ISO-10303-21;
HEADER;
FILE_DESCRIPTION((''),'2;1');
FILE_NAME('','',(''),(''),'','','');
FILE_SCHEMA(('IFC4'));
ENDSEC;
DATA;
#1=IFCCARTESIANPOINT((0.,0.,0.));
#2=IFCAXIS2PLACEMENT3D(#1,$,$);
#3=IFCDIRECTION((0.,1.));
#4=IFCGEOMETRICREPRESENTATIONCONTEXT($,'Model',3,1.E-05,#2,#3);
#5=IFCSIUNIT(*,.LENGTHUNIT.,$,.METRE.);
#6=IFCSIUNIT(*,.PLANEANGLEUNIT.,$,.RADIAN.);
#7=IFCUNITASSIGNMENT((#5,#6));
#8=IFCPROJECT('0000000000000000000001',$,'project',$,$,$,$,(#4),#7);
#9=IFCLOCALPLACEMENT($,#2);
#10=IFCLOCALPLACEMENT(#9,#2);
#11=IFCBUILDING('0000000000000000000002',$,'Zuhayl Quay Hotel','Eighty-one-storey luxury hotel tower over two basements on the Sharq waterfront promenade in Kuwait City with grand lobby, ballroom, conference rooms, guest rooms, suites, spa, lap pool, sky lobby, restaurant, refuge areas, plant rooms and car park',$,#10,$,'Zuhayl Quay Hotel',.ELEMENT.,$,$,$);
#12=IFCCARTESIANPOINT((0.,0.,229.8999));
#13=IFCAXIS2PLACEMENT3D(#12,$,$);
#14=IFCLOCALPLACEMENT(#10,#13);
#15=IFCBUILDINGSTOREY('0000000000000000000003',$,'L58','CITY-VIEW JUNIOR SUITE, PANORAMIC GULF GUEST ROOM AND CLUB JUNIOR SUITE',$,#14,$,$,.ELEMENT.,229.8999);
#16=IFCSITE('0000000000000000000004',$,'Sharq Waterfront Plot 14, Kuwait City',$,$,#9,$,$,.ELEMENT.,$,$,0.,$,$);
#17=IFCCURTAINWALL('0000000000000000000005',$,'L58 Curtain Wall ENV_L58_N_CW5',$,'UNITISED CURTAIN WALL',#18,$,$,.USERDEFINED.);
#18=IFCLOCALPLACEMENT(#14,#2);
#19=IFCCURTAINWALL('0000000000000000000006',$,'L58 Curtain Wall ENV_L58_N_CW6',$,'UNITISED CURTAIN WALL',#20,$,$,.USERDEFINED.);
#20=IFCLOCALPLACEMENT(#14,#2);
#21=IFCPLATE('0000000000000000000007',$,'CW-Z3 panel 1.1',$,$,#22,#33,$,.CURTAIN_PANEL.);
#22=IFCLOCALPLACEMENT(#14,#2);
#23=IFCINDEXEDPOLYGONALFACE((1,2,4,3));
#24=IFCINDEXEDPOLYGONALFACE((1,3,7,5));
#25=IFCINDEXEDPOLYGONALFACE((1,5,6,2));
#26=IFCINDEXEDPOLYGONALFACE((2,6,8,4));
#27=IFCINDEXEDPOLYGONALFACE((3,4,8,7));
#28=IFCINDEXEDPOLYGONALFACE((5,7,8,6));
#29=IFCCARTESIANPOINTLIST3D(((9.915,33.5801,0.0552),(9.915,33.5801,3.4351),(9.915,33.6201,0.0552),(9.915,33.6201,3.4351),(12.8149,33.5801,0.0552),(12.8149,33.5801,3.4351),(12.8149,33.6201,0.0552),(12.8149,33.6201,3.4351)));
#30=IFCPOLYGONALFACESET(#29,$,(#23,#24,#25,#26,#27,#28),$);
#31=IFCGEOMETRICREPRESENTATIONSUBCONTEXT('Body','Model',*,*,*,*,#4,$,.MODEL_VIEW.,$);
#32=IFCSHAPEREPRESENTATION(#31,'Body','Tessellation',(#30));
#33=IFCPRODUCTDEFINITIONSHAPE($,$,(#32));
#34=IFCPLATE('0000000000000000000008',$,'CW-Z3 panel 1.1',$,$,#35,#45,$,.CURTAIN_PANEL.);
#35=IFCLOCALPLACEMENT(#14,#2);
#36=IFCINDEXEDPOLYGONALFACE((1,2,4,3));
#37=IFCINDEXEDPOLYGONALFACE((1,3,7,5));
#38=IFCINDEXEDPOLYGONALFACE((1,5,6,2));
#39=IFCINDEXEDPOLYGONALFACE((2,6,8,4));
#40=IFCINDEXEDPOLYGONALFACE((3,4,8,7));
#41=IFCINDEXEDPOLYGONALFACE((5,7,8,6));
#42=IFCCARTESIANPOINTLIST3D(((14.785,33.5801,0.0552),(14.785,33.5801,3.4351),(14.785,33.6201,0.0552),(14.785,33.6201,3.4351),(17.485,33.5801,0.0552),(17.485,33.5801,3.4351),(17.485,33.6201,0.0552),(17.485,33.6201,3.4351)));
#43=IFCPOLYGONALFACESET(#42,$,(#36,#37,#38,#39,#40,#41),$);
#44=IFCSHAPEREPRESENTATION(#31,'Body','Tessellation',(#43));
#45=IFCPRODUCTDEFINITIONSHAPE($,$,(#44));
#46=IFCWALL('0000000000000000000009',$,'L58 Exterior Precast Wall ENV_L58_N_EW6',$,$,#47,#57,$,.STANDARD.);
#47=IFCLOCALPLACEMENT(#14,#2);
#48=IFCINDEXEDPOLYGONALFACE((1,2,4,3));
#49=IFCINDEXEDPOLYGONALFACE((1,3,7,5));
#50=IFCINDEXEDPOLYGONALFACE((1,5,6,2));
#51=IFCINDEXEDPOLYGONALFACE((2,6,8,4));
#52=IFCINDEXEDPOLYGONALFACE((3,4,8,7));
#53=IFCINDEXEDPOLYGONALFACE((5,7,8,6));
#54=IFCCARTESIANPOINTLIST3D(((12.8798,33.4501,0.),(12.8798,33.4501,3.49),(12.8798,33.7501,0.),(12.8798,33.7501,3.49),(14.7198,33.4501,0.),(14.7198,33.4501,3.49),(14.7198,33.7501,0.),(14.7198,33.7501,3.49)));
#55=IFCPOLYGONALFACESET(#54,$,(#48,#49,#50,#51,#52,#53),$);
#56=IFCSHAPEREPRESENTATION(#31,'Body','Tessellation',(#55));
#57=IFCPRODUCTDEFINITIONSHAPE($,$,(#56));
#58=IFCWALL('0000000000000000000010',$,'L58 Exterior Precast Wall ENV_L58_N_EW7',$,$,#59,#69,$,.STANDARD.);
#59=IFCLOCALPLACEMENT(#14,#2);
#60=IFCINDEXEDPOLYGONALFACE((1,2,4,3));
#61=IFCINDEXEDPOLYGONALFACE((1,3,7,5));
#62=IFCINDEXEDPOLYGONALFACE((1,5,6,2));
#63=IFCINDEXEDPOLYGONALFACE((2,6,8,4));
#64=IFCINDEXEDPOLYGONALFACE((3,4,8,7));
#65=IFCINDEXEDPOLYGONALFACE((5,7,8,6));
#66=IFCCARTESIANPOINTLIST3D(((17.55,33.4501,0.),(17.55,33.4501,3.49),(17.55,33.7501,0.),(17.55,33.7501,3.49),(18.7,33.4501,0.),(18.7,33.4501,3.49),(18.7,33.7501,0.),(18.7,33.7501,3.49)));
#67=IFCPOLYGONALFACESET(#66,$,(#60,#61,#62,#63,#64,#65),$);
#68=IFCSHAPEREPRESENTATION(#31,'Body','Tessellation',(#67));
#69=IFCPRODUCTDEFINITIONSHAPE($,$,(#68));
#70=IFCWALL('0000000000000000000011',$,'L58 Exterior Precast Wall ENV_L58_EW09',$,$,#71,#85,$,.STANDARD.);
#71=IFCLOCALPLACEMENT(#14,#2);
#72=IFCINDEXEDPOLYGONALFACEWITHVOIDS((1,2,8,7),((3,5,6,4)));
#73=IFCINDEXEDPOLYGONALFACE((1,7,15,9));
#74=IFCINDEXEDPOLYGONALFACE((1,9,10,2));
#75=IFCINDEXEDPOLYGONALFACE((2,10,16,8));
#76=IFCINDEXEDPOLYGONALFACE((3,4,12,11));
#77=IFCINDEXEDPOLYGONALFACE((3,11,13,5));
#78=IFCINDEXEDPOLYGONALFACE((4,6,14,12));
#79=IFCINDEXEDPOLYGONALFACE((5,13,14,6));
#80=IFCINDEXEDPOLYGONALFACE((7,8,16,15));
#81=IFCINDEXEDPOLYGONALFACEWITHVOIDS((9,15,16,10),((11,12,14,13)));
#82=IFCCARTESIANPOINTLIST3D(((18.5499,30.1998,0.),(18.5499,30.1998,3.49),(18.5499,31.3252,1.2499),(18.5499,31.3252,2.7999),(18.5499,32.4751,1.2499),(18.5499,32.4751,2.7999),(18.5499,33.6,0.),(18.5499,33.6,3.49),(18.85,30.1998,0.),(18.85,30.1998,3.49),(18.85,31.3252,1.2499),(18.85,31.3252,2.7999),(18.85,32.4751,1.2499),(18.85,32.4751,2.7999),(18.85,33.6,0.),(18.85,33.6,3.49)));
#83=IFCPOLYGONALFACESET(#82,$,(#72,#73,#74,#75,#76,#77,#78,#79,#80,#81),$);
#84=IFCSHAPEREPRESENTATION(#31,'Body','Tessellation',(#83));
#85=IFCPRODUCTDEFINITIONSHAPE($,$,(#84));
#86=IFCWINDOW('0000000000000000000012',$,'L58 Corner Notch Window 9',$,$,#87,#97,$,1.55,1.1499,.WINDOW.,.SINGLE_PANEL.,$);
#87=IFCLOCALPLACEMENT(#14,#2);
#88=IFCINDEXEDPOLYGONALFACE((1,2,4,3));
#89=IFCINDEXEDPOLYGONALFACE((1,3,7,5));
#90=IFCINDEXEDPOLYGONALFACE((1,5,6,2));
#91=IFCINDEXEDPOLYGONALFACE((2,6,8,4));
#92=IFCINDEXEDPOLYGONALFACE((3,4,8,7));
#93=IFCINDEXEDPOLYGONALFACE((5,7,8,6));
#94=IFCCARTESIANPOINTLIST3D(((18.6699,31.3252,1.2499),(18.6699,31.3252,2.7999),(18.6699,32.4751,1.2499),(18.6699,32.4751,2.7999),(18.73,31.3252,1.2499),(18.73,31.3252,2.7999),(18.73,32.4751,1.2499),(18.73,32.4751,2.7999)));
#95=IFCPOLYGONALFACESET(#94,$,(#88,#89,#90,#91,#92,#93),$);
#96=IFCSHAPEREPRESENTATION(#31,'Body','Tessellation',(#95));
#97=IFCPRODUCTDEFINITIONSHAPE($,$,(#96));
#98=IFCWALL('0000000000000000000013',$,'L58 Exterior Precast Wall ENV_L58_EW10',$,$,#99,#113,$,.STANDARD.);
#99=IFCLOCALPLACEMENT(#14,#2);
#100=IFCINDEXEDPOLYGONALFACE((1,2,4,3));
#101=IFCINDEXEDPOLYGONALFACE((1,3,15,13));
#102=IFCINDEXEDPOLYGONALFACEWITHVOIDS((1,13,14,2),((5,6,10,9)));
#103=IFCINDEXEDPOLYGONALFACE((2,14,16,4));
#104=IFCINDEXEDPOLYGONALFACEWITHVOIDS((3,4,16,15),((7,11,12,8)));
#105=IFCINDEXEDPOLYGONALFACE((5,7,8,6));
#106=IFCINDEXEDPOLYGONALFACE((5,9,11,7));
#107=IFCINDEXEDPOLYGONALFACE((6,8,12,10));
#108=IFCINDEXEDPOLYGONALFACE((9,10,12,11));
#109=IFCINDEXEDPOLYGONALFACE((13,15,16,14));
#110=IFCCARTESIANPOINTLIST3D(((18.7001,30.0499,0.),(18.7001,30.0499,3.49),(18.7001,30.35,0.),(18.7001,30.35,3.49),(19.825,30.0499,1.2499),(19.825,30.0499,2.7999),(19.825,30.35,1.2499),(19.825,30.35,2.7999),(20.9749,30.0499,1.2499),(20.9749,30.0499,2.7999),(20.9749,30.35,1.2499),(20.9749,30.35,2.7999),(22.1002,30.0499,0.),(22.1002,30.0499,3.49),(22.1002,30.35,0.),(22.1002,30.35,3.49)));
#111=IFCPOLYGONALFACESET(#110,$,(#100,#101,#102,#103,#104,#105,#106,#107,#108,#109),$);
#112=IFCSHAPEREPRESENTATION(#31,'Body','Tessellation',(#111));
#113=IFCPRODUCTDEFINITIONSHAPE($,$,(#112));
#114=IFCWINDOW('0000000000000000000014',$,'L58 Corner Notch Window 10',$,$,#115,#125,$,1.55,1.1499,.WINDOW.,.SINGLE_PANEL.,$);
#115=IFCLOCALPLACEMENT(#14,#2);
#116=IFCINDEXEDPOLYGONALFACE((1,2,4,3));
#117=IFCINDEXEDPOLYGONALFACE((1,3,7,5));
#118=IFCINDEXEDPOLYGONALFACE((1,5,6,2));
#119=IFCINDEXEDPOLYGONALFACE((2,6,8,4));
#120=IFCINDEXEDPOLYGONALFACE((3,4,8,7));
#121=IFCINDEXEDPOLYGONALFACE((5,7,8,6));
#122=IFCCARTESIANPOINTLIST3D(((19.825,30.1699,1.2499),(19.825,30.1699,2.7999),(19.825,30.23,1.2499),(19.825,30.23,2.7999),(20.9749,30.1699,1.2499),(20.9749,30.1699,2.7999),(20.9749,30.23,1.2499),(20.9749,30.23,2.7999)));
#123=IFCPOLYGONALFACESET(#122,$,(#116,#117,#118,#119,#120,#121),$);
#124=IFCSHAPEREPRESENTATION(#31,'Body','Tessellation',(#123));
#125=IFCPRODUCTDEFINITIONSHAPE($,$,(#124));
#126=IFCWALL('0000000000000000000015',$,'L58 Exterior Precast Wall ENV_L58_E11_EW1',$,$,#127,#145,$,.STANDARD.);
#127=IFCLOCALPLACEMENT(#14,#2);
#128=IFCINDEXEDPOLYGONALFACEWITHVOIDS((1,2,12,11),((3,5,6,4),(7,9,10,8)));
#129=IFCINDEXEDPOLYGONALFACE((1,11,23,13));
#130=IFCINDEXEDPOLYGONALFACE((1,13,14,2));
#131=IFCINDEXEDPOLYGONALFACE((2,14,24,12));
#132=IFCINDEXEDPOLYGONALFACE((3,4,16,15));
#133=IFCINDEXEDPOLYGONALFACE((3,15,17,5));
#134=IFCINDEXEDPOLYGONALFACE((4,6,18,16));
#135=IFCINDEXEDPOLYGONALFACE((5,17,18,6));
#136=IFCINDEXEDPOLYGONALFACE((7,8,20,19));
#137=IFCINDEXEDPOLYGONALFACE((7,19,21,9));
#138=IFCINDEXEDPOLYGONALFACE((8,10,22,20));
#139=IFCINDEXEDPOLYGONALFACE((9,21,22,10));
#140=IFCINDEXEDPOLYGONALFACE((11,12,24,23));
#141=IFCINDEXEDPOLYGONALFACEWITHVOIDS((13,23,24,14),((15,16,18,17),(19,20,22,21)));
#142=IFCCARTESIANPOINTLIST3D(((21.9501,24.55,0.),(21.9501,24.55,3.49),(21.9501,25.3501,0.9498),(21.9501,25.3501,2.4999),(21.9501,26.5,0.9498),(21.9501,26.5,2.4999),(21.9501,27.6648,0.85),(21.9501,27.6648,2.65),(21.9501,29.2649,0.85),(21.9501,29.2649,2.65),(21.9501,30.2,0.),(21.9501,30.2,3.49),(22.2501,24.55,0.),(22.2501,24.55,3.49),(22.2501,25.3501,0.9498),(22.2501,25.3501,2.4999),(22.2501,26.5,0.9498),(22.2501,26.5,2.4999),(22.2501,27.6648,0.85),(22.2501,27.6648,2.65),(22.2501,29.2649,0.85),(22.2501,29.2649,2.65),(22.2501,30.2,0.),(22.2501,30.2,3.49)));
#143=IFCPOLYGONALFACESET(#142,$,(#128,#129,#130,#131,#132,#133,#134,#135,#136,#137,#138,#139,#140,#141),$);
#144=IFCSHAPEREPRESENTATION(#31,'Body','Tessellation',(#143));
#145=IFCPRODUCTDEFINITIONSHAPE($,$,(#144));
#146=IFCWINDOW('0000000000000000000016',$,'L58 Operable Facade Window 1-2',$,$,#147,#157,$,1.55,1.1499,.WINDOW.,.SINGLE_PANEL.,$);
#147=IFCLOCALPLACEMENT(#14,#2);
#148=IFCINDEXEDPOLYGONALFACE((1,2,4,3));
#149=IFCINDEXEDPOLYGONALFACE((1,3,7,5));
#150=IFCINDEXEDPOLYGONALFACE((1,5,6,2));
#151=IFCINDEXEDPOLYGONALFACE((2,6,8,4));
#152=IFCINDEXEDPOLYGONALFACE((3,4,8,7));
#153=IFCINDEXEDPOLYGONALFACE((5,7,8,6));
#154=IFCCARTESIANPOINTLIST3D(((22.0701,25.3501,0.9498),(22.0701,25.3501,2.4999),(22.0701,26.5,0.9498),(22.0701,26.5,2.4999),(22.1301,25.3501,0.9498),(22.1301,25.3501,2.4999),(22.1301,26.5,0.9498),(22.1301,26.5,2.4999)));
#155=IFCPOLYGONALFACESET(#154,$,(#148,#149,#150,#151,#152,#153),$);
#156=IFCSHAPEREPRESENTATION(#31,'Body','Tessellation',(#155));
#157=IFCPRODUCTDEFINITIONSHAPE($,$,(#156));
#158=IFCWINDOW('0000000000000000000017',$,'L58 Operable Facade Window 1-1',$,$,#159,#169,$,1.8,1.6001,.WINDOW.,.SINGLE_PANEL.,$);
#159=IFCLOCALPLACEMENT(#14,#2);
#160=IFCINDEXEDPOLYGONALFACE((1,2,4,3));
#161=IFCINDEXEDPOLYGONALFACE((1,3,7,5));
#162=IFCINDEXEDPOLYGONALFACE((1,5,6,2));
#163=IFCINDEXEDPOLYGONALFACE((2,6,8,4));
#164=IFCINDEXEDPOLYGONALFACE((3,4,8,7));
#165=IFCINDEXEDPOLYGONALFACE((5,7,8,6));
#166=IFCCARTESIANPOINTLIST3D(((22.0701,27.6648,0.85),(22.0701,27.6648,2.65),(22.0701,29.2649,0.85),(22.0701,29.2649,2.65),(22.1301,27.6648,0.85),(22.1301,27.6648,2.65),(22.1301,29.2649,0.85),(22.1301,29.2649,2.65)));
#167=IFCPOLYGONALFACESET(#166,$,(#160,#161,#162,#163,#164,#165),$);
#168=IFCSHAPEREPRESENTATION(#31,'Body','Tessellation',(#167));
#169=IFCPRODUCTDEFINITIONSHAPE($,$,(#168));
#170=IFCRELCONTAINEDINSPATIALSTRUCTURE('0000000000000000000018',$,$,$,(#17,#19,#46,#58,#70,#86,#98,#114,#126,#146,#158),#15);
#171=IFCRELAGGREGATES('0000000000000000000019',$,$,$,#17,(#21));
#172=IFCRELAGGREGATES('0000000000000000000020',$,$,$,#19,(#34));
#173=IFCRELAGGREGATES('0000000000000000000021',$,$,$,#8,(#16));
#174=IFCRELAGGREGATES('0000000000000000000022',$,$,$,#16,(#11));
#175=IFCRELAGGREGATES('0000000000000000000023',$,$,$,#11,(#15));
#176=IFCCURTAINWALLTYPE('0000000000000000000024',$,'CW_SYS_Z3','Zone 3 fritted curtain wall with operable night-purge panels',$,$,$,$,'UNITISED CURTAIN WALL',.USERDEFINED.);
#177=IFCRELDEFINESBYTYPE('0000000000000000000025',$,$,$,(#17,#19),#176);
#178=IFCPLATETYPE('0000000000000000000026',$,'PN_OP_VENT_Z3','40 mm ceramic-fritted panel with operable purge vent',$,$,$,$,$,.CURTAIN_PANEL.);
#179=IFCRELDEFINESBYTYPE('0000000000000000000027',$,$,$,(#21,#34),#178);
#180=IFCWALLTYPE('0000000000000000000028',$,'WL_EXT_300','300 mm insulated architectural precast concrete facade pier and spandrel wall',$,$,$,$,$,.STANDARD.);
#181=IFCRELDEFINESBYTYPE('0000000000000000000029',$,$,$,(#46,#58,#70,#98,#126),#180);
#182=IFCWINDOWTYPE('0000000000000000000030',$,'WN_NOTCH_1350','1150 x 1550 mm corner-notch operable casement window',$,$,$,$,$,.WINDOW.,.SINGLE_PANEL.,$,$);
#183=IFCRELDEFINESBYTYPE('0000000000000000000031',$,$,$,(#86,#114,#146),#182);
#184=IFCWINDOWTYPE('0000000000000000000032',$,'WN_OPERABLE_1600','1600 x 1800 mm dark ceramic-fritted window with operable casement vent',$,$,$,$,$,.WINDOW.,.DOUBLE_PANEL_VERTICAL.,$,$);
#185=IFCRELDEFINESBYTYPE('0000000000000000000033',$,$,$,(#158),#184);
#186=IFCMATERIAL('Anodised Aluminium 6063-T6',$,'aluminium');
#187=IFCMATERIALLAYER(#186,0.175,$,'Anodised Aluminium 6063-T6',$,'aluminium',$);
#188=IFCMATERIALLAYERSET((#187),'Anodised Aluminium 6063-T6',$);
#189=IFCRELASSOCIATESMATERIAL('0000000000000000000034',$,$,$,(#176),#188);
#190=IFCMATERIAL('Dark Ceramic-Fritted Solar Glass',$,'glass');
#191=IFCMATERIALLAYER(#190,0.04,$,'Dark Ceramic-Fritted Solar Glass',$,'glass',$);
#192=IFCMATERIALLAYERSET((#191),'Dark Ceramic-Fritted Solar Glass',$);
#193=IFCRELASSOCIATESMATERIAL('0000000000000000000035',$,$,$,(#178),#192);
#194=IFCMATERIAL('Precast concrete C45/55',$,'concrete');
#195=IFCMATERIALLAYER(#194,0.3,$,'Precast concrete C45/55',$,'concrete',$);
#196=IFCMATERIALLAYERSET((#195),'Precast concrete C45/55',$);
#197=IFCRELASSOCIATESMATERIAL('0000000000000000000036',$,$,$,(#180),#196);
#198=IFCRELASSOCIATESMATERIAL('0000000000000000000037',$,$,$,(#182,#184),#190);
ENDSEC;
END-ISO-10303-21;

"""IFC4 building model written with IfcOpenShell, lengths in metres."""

from ifc_helpers import new_model, si_unit, direction, frame, frame_2d, origin, origin_2d, place, context, subcontext, project, spatial, rectangle, extrude, material, layer, layer_set, type_object, element, fill, aggregate, save


model = new_model("IFC4")

# Units and contexts
model_context = context("Model", 3, precision=1e-05, world=origin(), true_north=direction((0.0, 1.0)))
body_context = subcontext(model_context, "Body", "Model", "MODEL_VIEW")
ifc_project = project(units=[si_unit("LENGTHUNIT", "METRE"), si_unit("PLANEANGLEUNIT", "RADIAN")], contexts=[model_context])

# Site, building, storey
site_placement = place(None, origin())
site = spatial("IfcSite", under=ifc_project, at=site_placement, Name="Sharq Waterfront Plot 14, Kuwait City", CompositionType="ELEMENT", RefElevation=0.0)
building_placement = place(site_placement, origin())
building = spatial("IfcBuilding", under=site, at=building_placement, Name="Zuhayl Quay Hotel", Description="Eighty-one-storey luxury hotel tower over two basements on the Sharq waterfront promenade in Kuwait City with grand lobby, ballroom, conference rooms, guest rooms, suites, spa, lap pool, sky lobby, restaurant, refuge areas, plant rooms and car park", LongName="Zuhayl Quay Hotel", CompositionType="ELEMENT")
storey_placement = place(building_placement, frame((0.0, 0.0, 229.8999)))
storey = spatial("IfcBuildingStorey", under=building, at=storey_placement, Name="L58", Description="CITY-VIEW JUNIOR SUITE, PANORAMIC GULF GUEST ROOM AND CLUB JUNIOR SUITE", CompositionType="ELEMENT", Elevation=229.8999)

# Curtain walls
ifc_material_1 = material(Name="Anodised Aluminium 6063-T6", Category="aluminium")
ifc_layer_1 = layer(ifc_material_1, 0.175, Name="Anodised Aluminium 6063-T6", Category="aluminium")
ifc_layer_set_1 = layer_set([ifc_layer_1], Name="Anodised Aluminium 6063-T6")
curtain_wall_type = type_object("IfcCurtainWallType", Name="CW_SYS_Z3", Description="Zone 3 fritted curtain wall with operable night-purge panels", ElementType="UNITISED CURTAIN WALL", PredefinedType="USERDEFINED", material=ifc_layer_set_1)
curtain_wall_1_placement = place(storey_placement, origin())
curtain_wall_1 = element("IfcCurtainWall", 1, at=curtain_wall_1_placement, inside=storey, type_object=curtain_wall_type, Name="L58 Curtain Wall ENV_L58_N_CW5", ObjectType="UNITISED CURTAIN WALL", PredefinedType="USERDEFINED")
curtain_wall_2_placement = place(storey_placement, origin())
curtain_wall_2 = element("IfcCurtainWall", 2, at=curtain_wall_2_placement, inside=storey, type_object=curtain_wall_type, Name="L58 Curtain Wall ENV_L58_N_CW6", ObjectType="UNITISED CURTAIN WALL", PredefinedType="USERDEFINED")

# Plates
ifc_material_2 = material(Name="Dark Ceramic-Fritted Solar Glass", Category="glass")
ifc_layer_2 = layer(ifc_material_2, 0.04, Name="Dark Ceramic-Fritted Solar Glass", Category="glass")
ifc_layer_set_2 = layer_set([ifc_layer_2], Name="Dark Ceramic-Fritted Solar Glass")
plate_type = type_object("IfcPlateType", Name="PN_OP_VENT_Z3", Description="40 mm ceramic-fritted panel with operable purge vent", PredefinedType="CURTAIN_PANEL", material=ifc_layer_set_2)
plate_1_placement = place(storey_placement, frame((11.365, 33.6001, 0.0552), z_axis=(0.0, 0.0, 1.0), x_axis=(1.0, 0.0, 0.0)))
plate_1 = element("IfcPlate", 3, at=plate_1_placement, type_object=plate_type, Name="CW-Z3 panel 1.1", PredefinedType="CURTAIN_PANEL", context=body_context, shape_type="SweptSolid", body=[
    extrude(rectangle(XDim=2.8999, YDim=0.04, at=origin_2d()), origin(), (0.0, 0.0, 1.0), 3.3799),
])
aggregate(curtain_wall_1, [plate_1])
plate_2_placement = place(storey_placement, frame((16.135, 33.6001, 0.0552), z_axis=(0.0, 0.0, 1.0), x_axis=(1.0, 0.0, 0.0)))
plate_2 = element("IfcPlate", 4, at=plate_2_placement, type_object=plate_type, Name="CW-Z3 panel 1.1", PredefinedType="CURTAIN_PANEL", context=body_context, shape_type="SweptSolid", body=[
    extrude(rectangle(XDim=2.7, YDim=0.04, at=origin_2d()), origin(), (0.0, 0.0, 1.0), 3.3799),
])
aggregate(curtain_wall_2, [plate_2])

# Walls
ifc_material_3 = material(Name="Precast concrete C45/55", Category="concrete")
ifc_layer_3 = layer(ifc_material_3, 0.3, Name="Precast concrete C45/55", Category="concrete")
ifc_layer_set_3 = layer_set([ifc_layer_3], Name="Precast concrete C45/55")
wall_type_1 = type_object("IfcWallType", Name="WL_EXT_300", Description="300 mm insulated architectural precast concrete facade pier and spandrel wall", PredefinedType="STANDARD", material=ifc_layer_set_3)
wall_1_placement = place(storey_placement, frame((12.8799, 33.6001, 0.0), z_axis=(0.0, 0.0, 1.0), x_axis=(1.0, 0.0, 0.0)))
element("IfcWall", 5, at=wall_1_placement, inside=storey, type_object=wall_type_1, Name="L58 Exterior Precast Wall ENV_L58_N_EW6", PredefinedType="STANDARD", context=body_context, shape_type="SweptSolid", body=[
    extrude(rectangle(XDim=1.8401, YDim=0.3, at=frame_2d((0.9199, 0.0))), origin(), (0.0, 0.0, 1.0), 3.49),
])
wall_2_placement = place(storey_placement, frame((17.55, 33.6001, 0.0), z_axis=(0.0, 0.0, 1.0), x_axis=(1.0, 0.0, 0.0)))
element("IfcWall", 6, at=wall_2_placement, inside=storey, type_object=wall_type_1, Name="L58 Exterior Precast Wall ENV_L58_N_EW7", PredefinedType="STANDARD", context=body_context, shape_type="SweptSolid", body=[
    extrude(rectangle(XDim=1.1499, YDim=0.3, at=frame_2d((0.575, 0.0))), origin(), (0.0, 0.0, 1.0), 3.49),
])

# Walls, openings, windows
wall_3_placement = place(storey_placement, frame((18.7, 33.6001, 0.0), z_axis=(0.0, 0.0, 1.0), x_axis=(0.0, -1.0, 0.0)))
wall_3 = element("IfcWall", 7, at=wall_3_placement, inside=storey, type_object=wall_type_1, Name="L58 Exterior Precast Wall ENV_L58_EW09", PredefinedType="STANDARD", context=body_context, shape_type="SweptSolid", body=[
    extrude(rectangle(XDim=3.4001, YDim=0.3, at=frame_2d((1.7002, 0.0))), origin(), (0.0, 0.0, 1.0), 3.49),
])
opening_1_placement = place(wall_3_placement, frame((1.125, 0.0, 1.25)))
opening_1 = element("IfcOpeningElement", 8, at=opening_1_placement, cuts=wall_3, PredefinedType="OPENING", context=body_context, shape_type="SweptSolid", body=[
    extrude(rectangle(XDim=1.1499, YDim=1.55, at=frame_2d((0.575, 0.7749))), frame((0.0, 0.1599, 0.0), z_axis=(0.0, -1.0, 0.0), x_axis=(1.0, 0.0, 0.0)), (0.0, 0.0, 1.0), 0.3201),
])
window_type_1 = type_object("IfcWindowType", Name="WN_NOTCH_1350", Description="1150 x 1550 mm corner-notch operable casement window", PartitioningType="SINGLE_PANEL", PredefinedType="WINDOW", material=ifc_material_2)
window_1_placement = place(opening_1_placement, origin())
window_1 = element("IfcWindow", 9, at=window_1_placement, inside=storey, type_object=window_type_1, Name="L58 Corner Notch Window 9", OverallHeight=1.55, OverallWidth=1.1499, PartitioningType="SINGLE_PANEL", PredefinedType="WINDOW", context=body_context, shape_type="SweptSolid", body=[
    extrude(rectangle(XDim=1.1499, YDim=1.55, at=frame_2d((0.575, 0.7749))), frame((0.0, 0.03, 0.0), z_axis=(0.0, -1.0, 0.0), x_axis=(1.0, 0.0, 0.0)), (0.0, 0.0, 1.0), 0.0601),
])
fill(opening_1, window_1)
wall_4_placement = place(storey_placement, frame((18.7, 30.2, 0.0), z_axis=(0.0, 0.0, 1.0), x_axis=(1.0, 0.0, 0.0)))
wall_4 = element("IfcWall", 10, at=wall_4_placement, inside=storey, type_object=wall_type_1, Name="L58 Exterior Precast Wall ENV_L58_EW10", PredefinedType="STANDARD", context=body_context, shape_type="SweptSolid", body=[
    extrude(rectangle(XDim=3.4001, YDim=0.3, at=frame_2d((1.7002, 0.0))), origin(), (0.0, 0.0, 1.0), 3.49),
])
opening_2_placement = place(wall_4_placement, frame((1.125, 0.0, 1.25)))
opening_2 = element("IfcOpeningElement", 11, at=opening_2_placement, cuts=wall_4, PredefinedType="OPENING", context=body_context, shape_type="SweptSolid", body=[
    extrude(rectangle(XDim=1.1499, YDim=1.55, at=frame_2d((0.575, 0.7749))), frame((0.0, 0.1599, 0.0), z_axis=(0.0, -1.0, 0.0), x_axis=(1.0, 0.0, 0.0)), (0.0, 0.0, 1.0), 0.3201),
])
window_2_placement = place(opening_2_placement, origin())
window_2 = element("IfcWindow", 12, at=window_2_placement, inside=storey, type_object=window_type_1, Name="L58 Corner Notch Window 10", OverallHeight=1.55, OverallWidth=1.1499, PartitioningType="SINGLE_PANEL", PredefinedType="WINDOW", context=body_context, shape_type="SweptSolid", body=[
    extrude(rectangle(XDim=1.1499, YDim=1.55, at=frame_2d((0.575, 0.7749))), frame((0.0, 0.03, 0.0), z_axis=(0.0, -1.0, 0.0), x_axis=(1.0, 0.0, 0.0)), (0.0, 0.0, 1.0), 0.0601),
])
fill(opening_2, window_2)

# Wall, openings, windows
wall_5_placement = place(storey_placement, frame((22.1001, 30.2, 0.0), z_axis=(0.0, 0.0, 1.0), x_axis=(0.0, -1.0, 0.0)))
wall_5 = element("IfcWall", 13, at=wall_5_placement, inside=storey, type_object=wall_type_1, Name="L58 Exterior Precast Wall ENV_L58_E11_EW1", PredefinedType="STANDARD", context=body_context, shape_type="SweptSolid", body=[
    extrude(rectangle(XDim=5.6499, YDim=0.3, at=frame_2d((2.825, 0.0))), origin(), (0.0, 0.0, 1.0), 3.49),
])
opening_3_placement = place(wall_5_placement, frame((0.9351, 0.0, 0.8501)))
opening_3 = element("IfcOpeningElement", 14, at=opening_3_placement, cuts=wall_5, PredefinedType="OPENING", context=body_context, shape_type="SweptSolid", body=[
    extrude(rectangle(XDim=1.6001, YDim=1.8, at=frame_2d((0.8, 0.8999))), frame((0.0, 0.1599, 0.0), z_axis=(0.0, -1.0, 0.0), x_axis=(1.0, 0.0, 0.0)), (0.0, 0.0, 1.0), 0.3201),
])
opening_4_placement = place(wall_5_placement, frame((3.7, 0.0, 0.95)))
opening_4 = element("IfcOpeningElement", 15, at=opening_4_placement, cuts=wall_5, PredefinedType="OPENING", context=body_context, shape_type="SweptSolid", body=[
    extrude(rectangle(XDim=1.1499, YDim=1.55, at=frame_2d((0.575, 0.7749))), frame((0.0, 0.1599, 0.0), z_axis=(0.0, -1.0, 0.0), x_axis=(1.0, 0.0, 0.0)), (0.0, 0.0, 1.0), 0.3201),
])
window_3_placement = place(opening_4_placement, origin())
window_3 = element("IfcWindow", 16, at=window_3_placement, inside=storey, type_object=window_type_1, Name="L58 Operable Facade Window 1-2", OverallHeight=1.55, OverallWidth=1.1499, PartitioningType="SINGLE_PANEL", PredefinedType="WINDOW", context=body_context, shape_type="SweptSolid", body=[
    extrude(rectangle(XDim=1.1499, YDim=1.55, at=frame_2d((0.575, 0.7749))), frame((0.0, 0.03, 0.0), z_axis=(0.0, -1.0, 0.0), x_axis=(1.0, 0.0, 0.0)), (0.0, 0.0, 1.0), 0.0601),
])
fill(opening_4, window_3)
window_type_2 = type_object("IfcWindowType", Name="WN_OPERABLE_1600", Description="1600 x 1800 mm dark ceramic-fritted window with operable casement vent", PartitioningType="DOUBLE_PANEL_VERTICAL", PredefinedType="WINDOW", material=ifc_material_2)
window_4_placement = place(opening_3_placement, origin())
window_4 = element("IfcWindow", 17, at=window_4_placement, inside=storey, type_object=window_type_2, Name="L58 Operable Facade Window 1-1", OverallHeight=1.8, OverallWidth=1.6001, PartitioningType="SINGLE_PANEL", PredefinedType="WINDOW", context=body_context, shape_type="SweptSolid", body=[
    extrude(rectangle(XDim=1.6001, YDim=1.8, at=frame_2d((0.8, 0.8999))), frame((0.0, 0.03, 0.0), z_axis=(0.0, -1.0, 0.0), x_axis=(1.0, 0.0, 0.0)), (0.0, 0.0, 1.0), 0.0601),
])
fill(opening_3, window_4)

save(model, "model.ifc")
